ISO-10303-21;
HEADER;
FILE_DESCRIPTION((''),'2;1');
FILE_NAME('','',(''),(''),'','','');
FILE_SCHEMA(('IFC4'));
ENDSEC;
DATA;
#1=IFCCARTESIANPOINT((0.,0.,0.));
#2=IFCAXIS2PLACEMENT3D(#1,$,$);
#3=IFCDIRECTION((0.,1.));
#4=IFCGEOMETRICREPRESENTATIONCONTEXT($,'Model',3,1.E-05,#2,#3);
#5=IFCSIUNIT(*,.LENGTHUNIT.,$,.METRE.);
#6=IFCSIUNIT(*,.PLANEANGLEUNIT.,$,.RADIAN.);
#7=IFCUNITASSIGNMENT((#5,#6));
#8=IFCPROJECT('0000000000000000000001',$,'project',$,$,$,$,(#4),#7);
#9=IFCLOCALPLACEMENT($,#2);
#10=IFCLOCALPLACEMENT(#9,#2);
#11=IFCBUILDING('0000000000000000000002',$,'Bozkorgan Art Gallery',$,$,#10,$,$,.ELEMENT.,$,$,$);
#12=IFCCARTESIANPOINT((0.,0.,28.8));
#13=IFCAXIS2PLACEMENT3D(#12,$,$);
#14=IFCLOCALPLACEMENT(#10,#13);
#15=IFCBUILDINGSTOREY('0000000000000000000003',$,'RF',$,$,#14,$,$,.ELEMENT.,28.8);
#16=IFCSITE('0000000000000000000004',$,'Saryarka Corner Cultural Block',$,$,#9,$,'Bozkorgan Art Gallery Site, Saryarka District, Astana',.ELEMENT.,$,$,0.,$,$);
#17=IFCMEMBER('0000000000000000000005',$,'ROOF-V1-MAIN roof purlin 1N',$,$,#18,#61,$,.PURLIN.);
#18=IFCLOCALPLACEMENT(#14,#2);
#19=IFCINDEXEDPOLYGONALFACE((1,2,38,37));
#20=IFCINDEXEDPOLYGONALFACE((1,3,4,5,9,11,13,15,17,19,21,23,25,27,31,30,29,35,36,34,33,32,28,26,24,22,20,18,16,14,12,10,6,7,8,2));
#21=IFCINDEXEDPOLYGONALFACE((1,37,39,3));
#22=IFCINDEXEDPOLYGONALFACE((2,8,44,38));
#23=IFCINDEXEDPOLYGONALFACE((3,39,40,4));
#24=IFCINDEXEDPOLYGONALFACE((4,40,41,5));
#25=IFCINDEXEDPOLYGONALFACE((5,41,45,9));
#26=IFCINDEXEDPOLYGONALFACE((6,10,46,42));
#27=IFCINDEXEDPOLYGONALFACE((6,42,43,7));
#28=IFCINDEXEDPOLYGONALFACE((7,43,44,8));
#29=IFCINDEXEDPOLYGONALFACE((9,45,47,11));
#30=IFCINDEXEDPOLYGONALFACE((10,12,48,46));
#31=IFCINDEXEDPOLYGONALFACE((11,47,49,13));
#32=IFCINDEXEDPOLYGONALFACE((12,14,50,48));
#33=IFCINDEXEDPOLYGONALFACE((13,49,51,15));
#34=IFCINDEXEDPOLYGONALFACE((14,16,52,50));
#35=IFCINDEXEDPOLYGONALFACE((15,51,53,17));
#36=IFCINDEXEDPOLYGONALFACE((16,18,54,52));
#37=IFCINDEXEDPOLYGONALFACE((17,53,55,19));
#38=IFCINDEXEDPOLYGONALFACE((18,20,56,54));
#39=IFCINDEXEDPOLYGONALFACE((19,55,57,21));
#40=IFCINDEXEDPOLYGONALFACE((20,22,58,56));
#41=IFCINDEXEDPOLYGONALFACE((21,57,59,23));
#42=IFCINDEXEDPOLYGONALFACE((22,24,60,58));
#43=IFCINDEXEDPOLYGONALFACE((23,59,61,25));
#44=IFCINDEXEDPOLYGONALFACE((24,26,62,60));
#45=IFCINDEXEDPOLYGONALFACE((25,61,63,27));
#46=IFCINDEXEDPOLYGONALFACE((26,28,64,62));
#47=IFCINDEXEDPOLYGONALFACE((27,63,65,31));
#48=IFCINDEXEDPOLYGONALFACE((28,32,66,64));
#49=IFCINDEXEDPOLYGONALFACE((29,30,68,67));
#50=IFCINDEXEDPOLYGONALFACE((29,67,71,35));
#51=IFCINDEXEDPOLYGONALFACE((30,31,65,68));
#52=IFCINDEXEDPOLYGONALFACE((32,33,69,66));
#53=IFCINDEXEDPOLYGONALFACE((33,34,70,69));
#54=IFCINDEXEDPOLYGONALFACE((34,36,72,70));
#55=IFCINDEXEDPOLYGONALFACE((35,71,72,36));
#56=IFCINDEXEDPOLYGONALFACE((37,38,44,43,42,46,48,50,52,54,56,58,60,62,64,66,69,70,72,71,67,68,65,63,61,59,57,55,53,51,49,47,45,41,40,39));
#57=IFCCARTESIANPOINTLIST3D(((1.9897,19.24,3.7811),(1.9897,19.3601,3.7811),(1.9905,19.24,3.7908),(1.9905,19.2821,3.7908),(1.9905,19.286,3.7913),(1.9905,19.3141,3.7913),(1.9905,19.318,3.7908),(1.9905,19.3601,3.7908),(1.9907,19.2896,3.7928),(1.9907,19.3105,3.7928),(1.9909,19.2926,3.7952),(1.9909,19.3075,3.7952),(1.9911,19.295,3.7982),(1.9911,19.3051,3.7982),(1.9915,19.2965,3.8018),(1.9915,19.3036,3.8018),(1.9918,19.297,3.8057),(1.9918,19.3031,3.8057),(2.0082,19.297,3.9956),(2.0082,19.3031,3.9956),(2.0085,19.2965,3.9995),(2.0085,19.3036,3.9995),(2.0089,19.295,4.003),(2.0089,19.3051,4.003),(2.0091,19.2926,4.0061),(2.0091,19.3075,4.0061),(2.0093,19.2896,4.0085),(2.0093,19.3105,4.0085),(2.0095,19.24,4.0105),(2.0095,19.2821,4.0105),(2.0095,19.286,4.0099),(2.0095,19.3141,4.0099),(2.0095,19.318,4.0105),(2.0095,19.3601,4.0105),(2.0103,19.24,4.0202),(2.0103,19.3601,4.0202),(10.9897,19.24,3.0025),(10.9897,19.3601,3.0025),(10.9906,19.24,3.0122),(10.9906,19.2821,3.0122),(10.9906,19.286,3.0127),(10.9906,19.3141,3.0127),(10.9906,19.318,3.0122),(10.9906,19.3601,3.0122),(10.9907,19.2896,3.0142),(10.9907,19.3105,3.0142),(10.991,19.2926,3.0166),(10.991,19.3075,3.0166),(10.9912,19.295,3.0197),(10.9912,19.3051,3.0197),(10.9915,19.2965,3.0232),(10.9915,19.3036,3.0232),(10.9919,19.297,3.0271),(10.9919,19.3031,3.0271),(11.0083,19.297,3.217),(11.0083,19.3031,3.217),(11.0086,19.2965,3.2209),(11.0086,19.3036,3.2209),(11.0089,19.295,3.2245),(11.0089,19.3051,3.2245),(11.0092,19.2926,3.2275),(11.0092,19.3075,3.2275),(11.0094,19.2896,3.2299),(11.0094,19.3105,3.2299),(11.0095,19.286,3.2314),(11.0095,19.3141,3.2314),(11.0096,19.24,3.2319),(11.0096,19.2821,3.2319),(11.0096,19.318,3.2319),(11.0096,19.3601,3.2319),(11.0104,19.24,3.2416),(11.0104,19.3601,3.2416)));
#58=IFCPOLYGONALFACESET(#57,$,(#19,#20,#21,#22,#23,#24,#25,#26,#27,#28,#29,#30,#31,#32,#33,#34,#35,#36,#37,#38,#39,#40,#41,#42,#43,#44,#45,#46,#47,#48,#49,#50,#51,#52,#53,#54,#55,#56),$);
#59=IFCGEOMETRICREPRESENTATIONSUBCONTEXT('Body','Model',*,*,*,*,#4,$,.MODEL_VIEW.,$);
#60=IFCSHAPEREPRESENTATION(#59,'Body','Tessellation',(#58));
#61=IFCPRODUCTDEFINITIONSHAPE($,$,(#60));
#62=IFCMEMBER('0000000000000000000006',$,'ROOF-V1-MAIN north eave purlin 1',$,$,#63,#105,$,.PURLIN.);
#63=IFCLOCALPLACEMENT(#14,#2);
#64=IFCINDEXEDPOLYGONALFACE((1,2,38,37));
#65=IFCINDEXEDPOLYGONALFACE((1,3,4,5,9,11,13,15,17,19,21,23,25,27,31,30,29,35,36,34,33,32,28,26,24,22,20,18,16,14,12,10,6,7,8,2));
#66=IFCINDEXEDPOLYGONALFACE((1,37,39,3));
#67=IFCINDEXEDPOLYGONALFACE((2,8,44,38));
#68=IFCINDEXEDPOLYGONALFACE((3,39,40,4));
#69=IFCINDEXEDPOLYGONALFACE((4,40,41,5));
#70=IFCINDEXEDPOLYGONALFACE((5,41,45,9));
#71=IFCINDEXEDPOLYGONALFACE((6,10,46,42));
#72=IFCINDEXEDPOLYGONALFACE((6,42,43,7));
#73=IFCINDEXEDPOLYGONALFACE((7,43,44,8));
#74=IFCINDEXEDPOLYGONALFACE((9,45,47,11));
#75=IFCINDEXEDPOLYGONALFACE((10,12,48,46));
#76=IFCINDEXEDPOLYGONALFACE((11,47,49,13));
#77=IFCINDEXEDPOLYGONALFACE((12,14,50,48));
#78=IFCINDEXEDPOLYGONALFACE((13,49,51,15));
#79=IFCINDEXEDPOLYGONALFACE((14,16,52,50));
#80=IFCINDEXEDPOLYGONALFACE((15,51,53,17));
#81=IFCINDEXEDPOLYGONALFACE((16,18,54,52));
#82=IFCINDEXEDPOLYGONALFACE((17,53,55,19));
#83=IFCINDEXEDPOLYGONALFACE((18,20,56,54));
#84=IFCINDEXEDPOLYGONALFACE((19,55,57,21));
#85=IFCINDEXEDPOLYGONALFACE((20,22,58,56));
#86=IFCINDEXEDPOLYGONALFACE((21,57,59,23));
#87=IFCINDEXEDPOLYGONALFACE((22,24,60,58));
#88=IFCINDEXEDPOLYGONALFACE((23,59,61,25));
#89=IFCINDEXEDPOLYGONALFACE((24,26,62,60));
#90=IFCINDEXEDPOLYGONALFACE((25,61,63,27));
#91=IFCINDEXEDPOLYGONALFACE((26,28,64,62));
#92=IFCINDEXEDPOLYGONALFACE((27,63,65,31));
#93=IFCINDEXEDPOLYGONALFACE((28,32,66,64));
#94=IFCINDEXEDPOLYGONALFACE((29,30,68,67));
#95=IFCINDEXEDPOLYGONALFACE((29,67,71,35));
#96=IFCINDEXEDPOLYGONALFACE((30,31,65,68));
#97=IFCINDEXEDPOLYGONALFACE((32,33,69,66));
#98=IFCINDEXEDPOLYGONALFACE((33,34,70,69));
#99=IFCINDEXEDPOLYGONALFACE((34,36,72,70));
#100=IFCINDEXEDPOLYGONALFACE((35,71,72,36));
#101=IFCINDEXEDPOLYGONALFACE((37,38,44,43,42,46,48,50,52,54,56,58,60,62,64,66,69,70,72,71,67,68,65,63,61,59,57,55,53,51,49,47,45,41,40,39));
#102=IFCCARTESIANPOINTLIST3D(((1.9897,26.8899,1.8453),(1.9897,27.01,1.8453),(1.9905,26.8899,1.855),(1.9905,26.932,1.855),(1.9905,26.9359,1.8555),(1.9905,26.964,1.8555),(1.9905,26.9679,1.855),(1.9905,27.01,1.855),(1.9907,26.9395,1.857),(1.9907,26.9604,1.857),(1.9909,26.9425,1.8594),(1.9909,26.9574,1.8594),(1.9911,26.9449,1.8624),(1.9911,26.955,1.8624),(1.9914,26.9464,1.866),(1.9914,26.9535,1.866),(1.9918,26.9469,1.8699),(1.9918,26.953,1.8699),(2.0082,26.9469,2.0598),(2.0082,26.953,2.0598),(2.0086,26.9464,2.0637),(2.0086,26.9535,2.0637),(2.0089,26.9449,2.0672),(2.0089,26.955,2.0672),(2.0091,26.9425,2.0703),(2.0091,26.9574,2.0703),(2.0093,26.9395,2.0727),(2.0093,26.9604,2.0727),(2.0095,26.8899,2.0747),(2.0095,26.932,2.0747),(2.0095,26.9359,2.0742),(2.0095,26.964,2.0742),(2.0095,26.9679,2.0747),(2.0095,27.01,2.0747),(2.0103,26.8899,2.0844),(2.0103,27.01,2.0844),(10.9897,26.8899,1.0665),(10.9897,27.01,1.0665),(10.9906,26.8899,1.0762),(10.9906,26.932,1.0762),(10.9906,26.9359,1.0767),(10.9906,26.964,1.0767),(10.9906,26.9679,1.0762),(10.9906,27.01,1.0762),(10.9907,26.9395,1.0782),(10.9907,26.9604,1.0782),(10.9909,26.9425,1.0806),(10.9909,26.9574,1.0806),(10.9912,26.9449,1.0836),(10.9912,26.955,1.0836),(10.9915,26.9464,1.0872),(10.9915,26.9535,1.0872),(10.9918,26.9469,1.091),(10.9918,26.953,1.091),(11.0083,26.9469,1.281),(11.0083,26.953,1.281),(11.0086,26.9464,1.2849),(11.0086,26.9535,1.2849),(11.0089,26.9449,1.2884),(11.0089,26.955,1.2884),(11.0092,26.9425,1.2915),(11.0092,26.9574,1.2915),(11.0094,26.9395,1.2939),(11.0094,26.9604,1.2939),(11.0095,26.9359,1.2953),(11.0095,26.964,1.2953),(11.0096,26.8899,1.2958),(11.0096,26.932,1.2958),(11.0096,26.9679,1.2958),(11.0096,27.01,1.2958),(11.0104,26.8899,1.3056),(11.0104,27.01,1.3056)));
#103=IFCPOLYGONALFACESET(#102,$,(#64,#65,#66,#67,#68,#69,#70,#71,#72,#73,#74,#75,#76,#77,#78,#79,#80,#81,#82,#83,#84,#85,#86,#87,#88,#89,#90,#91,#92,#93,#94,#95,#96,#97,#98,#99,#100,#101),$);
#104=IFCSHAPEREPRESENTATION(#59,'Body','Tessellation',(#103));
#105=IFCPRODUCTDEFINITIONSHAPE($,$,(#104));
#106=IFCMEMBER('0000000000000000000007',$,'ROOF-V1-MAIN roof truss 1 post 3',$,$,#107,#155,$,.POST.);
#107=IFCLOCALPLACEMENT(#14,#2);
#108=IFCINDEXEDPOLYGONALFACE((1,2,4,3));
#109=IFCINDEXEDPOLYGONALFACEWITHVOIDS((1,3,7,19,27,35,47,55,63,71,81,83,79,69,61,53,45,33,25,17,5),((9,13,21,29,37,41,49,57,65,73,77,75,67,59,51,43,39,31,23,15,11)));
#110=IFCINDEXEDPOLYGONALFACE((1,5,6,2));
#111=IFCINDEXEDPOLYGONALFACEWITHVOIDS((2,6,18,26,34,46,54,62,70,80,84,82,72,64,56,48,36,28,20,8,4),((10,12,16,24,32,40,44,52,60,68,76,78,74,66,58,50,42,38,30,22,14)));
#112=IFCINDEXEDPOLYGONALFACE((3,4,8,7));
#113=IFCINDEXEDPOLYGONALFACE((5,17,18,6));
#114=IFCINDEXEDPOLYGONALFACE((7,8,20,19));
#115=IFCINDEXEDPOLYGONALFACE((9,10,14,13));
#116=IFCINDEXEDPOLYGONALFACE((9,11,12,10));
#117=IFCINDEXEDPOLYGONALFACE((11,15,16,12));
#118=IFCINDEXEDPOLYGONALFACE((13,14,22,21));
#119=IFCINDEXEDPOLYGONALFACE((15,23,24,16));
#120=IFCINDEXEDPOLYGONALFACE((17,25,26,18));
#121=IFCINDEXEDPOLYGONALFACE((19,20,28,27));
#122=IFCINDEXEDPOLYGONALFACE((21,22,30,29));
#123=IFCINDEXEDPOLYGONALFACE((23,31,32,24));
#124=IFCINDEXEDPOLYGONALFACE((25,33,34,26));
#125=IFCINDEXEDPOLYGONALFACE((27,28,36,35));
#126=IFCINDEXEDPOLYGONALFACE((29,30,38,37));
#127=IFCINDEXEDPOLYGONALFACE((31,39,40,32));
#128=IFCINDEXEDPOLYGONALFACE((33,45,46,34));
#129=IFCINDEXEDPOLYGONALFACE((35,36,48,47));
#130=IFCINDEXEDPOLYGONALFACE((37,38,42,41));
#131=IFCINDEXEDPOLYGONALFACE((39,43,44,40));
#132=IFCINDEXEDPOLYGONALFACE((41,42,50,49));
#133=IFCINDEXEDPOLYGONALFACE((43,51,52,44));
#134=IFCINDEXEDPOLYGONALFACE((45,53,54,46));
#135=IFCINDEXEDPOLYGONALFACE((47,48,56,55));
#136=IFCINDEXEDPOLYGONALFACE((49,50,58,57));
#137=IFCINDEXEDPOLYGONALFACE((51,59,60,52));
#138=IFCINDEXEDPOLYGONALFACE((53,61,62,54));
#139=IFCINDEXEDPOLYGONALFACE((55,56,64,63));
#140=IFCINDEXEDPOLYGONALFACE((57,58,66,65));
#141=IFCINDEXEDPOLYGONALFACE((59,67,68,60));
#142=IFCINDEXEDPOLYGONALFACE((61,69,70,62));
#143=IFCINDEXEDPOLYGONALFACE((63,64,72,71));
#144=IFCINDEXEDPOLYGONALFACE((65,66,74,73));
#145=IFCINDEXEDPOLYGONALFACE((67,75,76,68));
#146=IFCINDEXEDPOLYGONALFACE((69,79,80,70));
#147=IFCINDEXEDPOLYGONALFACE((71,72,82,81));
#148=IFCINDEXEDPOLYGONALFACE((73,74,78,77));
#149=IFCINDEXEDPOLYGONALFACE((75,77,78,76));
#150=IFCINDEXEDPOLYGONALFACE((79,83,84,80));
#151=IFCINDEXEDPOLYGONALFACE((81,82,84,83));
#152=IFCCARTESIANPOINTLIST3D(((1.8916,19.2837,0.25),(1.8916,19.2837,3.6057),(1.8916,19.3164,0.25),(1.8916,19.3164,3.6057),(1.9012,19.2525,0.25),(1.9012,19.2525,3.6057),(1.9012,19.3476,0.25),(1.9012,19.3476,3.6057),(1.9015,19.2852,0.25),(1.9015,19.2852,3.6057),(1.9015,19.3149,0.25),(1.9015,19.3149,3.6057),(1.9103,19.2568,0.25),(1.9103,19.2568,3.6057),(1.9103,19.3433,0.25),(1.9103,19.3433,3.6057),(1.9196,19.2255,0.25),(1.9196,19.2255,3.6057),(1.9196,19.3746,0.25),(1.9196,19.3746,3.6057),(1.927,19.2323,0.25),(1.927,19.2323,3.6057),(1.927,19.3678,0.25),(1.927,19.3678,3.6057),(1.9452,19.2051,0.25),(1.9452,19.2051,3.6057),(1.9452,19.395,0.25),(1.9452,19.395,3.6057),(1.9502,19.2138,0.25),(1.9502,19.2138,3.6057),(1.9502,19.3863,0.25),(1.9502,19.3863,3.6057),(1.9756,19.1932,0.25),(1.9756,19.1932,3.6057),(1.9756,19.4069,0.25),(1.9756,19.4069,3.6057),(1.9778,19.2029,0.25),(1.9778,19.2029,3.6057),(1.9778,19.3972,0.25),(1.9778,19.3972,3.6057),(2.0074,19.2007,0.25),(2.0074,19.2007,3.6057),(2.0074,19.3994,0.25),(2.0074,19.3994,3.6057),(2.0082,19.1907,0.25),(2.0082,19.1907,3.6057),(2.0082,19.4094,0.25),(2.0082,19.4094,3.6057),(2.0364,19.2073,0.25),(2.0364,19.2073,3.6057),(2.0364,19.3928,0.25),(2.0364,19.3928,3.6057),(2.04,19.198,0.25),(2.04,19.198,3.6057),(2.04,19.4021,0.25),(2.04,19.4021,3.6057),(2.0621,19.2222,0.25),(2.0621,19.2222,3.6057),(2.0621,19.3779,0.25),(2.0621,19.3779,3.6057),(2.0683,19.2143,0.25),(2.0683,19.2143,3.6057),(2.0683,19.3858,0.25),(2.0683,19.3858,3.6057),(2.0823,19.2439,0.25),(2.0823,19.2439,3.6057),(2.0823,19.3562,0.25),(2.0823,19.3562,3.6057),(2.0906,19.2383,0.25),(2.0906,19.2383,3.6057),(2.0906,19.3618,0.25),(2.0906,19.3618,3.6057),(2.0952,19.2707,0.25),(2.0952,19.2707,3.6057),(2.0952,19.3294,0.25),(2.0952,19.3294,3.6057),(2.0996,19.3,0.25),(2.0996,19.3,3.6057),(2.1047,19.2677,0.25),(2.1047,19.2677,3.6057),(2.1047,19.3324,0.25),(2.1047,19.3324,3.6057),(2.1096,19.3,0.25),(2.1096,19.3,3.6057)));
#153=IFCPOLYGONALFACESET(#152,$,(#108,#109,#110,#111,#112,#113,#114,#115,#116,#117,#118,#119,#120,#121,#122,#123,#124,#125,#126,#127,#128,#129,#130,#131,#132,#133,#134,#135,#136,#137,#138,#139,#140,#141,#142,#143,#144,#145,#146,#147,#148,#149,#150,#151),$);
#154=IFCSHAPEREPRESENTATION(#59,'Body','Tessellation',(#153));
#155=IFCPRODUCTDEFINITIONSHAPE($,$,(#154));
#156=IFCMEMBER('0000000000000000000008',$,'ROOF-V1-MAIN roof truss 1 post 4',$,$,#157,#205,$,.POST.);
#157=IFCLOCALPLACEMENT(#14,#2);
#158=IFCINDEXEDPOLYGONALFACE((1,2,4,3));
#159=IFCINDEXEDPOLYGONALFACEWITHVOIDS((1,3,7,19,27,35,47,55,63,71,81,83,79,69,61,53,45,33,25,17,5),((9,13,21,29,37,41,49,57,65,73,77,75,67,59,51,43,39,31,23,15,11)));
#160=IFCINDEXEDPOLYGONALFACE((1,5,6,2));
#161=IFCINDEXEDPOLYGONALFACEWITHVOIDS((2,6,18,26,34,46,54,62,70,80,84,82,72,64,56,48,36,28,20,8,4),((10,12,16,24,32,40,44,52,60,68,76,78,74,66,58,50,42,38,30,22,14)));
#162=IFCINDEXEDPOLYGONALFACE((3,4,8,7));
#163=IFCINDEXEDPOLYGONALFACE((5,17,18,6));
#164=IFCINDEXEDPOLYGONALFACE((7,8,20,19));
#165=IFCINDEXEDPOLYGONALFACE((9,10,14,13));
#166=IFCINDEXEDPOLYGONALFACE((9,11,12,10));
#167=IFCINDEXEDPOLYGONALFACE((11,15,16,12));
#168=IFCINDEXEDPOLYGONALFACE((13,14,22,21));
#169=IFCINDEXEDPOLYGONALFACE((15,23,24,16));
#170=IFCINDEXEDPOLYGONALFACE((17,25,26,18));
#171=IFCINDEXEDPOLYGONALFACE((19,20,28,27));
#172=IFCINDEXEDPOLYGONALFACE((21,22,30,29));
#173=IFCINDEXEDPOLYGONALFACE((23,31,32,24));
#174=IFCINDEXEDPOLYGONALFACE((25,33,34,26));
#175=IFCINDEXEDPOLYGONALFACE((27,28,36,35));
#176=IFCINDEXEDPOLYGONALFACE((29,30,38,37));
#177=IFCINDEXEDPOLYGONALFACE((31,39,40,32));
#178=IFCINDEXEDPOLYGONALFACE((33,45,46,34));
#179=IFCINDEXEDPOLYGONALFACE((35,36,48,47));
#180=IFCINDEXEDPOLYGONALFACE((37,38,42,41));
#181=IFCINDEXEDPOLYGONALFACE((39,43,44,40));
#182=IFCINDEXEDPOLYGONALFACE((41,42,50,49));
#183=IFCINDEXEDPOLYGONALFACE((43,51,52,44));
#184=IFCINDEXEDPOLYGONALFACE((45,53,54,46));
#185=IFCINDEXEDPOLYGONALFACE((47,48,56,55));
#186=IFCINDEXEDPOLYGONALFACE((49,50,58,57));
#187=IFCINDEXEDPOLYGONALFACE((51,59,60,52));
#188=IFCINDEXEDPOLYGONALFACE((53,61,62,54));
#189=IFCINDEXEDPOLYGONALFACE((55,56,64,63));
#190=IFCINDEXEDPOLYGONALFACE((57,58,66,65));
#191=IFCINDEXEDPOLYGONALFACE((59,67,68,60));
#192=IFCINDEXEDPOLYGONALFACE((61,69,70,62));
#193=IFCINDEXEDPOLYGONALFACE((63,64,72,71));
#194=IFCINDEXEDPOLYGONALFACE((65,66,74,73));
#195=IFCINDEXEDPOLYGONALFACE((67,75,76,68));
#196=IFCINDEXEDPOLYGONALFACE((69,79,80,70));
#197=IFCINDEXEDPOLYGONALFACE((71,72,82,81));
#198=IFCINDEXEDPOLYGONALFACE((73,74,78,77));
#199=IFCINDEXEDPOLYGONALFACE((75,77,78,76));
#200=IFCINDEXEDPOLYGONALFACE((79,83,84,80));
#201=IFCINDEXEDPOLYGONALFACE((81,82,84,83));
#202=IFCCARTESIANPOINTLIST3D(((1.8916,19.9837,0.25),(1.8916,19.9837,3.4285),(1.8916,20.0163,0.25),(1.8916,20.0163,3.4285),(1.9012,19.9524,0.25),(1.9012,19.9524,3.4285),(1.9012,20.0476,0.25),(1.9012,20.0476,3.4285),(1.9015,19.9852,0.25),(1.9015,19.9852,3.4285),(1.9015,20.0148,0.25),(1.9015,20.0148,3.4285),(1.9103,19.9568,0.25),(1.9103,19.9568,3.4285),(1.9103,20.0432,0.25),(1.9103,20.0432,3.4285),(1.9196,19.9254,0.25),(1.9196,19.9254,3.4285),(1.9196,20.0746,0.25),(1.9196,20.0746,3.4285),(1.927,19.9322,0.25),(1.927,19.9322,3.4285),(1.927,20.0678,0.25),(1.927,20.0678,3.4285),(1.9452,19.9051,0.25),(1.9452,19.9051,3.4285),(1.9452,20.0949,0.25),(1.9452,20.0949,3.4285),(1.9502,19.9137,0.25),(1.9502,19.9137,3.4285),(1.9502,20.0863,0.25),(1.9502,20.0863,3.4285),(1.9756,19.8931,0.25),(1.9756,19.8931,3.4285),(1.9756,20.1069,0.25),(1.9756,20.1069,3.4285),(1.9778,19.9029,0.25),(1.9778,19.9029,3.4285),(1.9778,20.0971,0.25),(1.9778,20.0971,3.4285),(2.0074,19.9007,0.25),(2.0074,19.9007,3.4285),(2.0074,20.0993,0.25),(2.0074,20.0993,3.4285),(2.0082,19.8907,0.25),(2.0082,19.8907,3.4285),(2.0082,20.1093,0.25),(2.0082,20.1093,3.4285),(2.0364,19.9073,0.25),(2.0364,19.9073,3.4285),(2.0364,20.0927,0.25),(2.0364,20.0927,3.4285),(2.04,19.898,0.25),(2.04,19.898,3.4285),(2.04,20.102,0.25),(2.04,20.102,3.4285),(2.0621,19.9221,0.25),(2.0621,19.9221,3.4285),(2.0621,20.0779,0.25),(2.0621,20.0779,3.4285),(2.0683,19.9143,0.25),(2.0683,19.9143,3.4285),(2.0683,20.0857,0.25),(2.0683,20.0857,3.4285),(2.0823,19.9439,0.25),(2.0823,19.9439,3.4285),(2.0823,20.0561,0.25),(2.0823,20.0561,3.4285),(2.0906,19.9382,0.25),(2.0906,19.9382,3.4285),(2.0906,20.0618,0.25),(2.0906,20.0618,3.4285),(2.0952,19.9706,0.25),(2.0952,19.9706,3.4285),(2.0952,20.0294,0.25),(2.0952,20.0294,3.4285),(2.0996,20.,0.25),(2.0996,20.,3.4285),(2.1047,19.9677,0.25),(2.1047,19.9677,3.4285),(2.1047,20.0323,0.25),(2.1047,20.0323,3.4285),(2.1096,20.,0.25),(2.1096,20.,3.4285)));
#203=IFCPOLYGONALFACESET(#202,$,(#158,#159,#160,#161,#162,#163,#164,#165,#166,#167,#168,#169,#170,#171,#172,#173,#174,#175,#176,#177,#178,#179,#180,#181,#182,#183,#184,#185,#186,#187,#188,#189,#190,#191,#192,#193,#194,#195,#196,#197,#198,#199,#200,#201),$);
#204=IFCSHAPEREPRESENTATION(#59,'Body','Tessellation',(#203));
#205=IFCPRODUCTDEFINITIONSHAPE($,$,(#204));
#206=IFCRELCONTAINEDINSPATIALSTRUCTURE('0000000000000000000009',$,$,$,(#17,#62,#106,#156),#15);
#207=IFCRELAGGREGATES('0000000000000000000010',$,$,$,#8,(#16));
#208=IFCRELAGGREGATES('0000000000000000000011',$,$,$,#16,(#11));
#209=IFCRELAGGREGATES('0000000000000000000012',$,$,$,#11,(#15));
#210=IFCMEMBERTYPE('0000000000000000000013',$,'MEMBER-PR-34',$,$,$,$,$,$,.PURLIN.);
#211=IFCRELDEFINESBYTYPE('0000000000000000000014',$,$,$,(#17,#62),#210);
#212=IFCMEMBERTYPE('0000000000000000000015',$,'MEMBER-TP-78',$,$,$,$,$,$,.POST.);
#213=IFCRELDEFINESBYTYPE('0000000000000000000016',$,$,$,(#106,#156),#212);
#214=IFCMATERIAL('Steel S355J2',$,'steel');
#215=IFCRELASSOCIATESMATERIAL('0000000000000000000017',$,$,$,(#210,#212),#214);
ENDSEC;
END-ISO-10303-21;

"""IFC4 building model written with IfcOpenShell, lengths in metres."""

from ifc_helpers import new_model, si_unit, direction, frame, origin, origin_2d, place, context, subcontext, project, spatial, hollow_circle, i_section, extrude, material, material_profile, profile_set, type_object, element, save


model = new_model("IFC4")

# Units and contexts
model_context = context("Model", 3, precision=1e-05, world=origin(), true_north=direction((0.0, 1.0)))
body_context = subcontext(model_context, "Body", "Model", "MODEL_VIEW")
ifc_project = project(units=[si_unit("LENGTHUNIT", "METRE"), si_unit("PLANEANGLEUNIT", "RADIAN")], contexts=[model_context])

# Site, building, storey
site_placement = place(None, origin())
site = spatial("IfcSite", under=ifc_project, at=site_placement, Name="Saryarka Corner Cultural Block", LongName="Bozkorgan Art Gallery Site, Saryarka District, Astana", CompositionType="ELEMENT", RefElevation=0.0)
building_placement = place(site_placement, origin())
building = spatial("IfcBuilding", under=site, at=building_placement, Name="Bozkorgan Art Gallery", CompositionType="ELEMENT")
storey_placement = place(building_placement, frame((0.0, 0.0, 28.8)))
storey = spatial("IfcBuildingStorey", under=building, at=storey_placement, Name="RF", CompositionType="ELEMENT", Elevation=28.8)

# Members
ifc_material_1 = material(Name="Steel S355J2", Category="steel")
ifc_material_profile_1 = material_profile(ifc_material_1, i_section(OverallWidth=0.1201, OverallDepth=0.24, WebThickness=0.0061, FlangeThickness=0.0098, FilletRadius=0.0149, at=origin_2d()), Name="IPE 240")
ifc_profile_set_1 = profile_set([ifc_material_profile_1], Name="Steel S355J2")
member_type_1 = type_object("IfcMemberType", Name="MEMBER-PR-34", PredefinedType="PURLIN", material=ifc_profile_set_1)
for number, where, z_axis, x_axis, name in (
    (1, (2.0, 19.3, 3.9006), (0.996279, 0.0, -0.086185), (0.0, 1.0, 0.0), "ROOF-V1-MAIN roof purlin 1N"),
    (2, (2.0, 26.95, 1.9648), (0.996277, 0.0, -0.086212), (0.0, 1.0, 0.0), "ROOF-V1-MAIN north eave purlin 1"),
):
    element("IfcMember", number, at=place(storey_placement, frame(where, z_axis=z_axis, x_axis=x_axis)), inside=storey, type_object=member_type_1, Name=name, PredefinedType="PURLIN", context=body_context, shape_type="SweptSolid", body=[
        extrude(i_section(OverallWidth=0.1201, OverallDepth=0.24, WebThickness=0.0061, FlangeThickness=0.0098, FilletRadius=0.0149, at=origin_2d()), origin(), (0.0, 0.0, 1.0), 9.0337),
    ])
ifc_material_profile_2 = material_profile(ifc_material_1, hollow_circle(Radius=0.1096, WallThickness=0.01, at=origin_2d()), Name="CHS 219.1x10")
ifc_profile_set_2 = profile_set([ifc_material_profile_2], Name="Steel S355J2")
member_type_2 = type_object("IfcMemberType", Name="MEMBER-TP-78", PredefinedType="POST", material=ifc_profile_set_2)
member_1_placement = place(storey_placement, frame((2.0, 19.3, 0.25), z_axis=(0.0, 0.0, 1.0), x_axis=(1.0, 0.0, 0.0)))
element("IfcMember", 3, at=member_1_placement, inside=storey, type_object=member_type_2, Name="ROOF-V1-MAIN roof truss 1 post 3", PredefinedType="POST", context=body_context, shape_type="SweptSolid", body=[
    extrude(hollow_circle(Radius=0.1096, WallThickness=0.01, at=origin_2d()), origin(), (0.0, 0.0, 1.0), 3.3557),
])
member_2_placement = place(storey_placement, frame((2.0, 20.0, 0.25), z_axis=(0.0, 0.0, 1.0), x_axis=(1.0, 0.0, 0.0)))
element("IfcMember", 4, at=member_2_placement, inside=storey, type_object=member_type_2, Name="ROOF-V1-MAIN roof truss 1 post 4", PredefinedType="POST", context=body_context, shape_type="SweptSolid", body=[
    extrude(hollow_circle(Radius=0.1096, WallThickness=0.01, at=origin_2d()), origin(), (0.0, 0.0, 1.0), 3.1785),
])

save(model, "model.ifc")
